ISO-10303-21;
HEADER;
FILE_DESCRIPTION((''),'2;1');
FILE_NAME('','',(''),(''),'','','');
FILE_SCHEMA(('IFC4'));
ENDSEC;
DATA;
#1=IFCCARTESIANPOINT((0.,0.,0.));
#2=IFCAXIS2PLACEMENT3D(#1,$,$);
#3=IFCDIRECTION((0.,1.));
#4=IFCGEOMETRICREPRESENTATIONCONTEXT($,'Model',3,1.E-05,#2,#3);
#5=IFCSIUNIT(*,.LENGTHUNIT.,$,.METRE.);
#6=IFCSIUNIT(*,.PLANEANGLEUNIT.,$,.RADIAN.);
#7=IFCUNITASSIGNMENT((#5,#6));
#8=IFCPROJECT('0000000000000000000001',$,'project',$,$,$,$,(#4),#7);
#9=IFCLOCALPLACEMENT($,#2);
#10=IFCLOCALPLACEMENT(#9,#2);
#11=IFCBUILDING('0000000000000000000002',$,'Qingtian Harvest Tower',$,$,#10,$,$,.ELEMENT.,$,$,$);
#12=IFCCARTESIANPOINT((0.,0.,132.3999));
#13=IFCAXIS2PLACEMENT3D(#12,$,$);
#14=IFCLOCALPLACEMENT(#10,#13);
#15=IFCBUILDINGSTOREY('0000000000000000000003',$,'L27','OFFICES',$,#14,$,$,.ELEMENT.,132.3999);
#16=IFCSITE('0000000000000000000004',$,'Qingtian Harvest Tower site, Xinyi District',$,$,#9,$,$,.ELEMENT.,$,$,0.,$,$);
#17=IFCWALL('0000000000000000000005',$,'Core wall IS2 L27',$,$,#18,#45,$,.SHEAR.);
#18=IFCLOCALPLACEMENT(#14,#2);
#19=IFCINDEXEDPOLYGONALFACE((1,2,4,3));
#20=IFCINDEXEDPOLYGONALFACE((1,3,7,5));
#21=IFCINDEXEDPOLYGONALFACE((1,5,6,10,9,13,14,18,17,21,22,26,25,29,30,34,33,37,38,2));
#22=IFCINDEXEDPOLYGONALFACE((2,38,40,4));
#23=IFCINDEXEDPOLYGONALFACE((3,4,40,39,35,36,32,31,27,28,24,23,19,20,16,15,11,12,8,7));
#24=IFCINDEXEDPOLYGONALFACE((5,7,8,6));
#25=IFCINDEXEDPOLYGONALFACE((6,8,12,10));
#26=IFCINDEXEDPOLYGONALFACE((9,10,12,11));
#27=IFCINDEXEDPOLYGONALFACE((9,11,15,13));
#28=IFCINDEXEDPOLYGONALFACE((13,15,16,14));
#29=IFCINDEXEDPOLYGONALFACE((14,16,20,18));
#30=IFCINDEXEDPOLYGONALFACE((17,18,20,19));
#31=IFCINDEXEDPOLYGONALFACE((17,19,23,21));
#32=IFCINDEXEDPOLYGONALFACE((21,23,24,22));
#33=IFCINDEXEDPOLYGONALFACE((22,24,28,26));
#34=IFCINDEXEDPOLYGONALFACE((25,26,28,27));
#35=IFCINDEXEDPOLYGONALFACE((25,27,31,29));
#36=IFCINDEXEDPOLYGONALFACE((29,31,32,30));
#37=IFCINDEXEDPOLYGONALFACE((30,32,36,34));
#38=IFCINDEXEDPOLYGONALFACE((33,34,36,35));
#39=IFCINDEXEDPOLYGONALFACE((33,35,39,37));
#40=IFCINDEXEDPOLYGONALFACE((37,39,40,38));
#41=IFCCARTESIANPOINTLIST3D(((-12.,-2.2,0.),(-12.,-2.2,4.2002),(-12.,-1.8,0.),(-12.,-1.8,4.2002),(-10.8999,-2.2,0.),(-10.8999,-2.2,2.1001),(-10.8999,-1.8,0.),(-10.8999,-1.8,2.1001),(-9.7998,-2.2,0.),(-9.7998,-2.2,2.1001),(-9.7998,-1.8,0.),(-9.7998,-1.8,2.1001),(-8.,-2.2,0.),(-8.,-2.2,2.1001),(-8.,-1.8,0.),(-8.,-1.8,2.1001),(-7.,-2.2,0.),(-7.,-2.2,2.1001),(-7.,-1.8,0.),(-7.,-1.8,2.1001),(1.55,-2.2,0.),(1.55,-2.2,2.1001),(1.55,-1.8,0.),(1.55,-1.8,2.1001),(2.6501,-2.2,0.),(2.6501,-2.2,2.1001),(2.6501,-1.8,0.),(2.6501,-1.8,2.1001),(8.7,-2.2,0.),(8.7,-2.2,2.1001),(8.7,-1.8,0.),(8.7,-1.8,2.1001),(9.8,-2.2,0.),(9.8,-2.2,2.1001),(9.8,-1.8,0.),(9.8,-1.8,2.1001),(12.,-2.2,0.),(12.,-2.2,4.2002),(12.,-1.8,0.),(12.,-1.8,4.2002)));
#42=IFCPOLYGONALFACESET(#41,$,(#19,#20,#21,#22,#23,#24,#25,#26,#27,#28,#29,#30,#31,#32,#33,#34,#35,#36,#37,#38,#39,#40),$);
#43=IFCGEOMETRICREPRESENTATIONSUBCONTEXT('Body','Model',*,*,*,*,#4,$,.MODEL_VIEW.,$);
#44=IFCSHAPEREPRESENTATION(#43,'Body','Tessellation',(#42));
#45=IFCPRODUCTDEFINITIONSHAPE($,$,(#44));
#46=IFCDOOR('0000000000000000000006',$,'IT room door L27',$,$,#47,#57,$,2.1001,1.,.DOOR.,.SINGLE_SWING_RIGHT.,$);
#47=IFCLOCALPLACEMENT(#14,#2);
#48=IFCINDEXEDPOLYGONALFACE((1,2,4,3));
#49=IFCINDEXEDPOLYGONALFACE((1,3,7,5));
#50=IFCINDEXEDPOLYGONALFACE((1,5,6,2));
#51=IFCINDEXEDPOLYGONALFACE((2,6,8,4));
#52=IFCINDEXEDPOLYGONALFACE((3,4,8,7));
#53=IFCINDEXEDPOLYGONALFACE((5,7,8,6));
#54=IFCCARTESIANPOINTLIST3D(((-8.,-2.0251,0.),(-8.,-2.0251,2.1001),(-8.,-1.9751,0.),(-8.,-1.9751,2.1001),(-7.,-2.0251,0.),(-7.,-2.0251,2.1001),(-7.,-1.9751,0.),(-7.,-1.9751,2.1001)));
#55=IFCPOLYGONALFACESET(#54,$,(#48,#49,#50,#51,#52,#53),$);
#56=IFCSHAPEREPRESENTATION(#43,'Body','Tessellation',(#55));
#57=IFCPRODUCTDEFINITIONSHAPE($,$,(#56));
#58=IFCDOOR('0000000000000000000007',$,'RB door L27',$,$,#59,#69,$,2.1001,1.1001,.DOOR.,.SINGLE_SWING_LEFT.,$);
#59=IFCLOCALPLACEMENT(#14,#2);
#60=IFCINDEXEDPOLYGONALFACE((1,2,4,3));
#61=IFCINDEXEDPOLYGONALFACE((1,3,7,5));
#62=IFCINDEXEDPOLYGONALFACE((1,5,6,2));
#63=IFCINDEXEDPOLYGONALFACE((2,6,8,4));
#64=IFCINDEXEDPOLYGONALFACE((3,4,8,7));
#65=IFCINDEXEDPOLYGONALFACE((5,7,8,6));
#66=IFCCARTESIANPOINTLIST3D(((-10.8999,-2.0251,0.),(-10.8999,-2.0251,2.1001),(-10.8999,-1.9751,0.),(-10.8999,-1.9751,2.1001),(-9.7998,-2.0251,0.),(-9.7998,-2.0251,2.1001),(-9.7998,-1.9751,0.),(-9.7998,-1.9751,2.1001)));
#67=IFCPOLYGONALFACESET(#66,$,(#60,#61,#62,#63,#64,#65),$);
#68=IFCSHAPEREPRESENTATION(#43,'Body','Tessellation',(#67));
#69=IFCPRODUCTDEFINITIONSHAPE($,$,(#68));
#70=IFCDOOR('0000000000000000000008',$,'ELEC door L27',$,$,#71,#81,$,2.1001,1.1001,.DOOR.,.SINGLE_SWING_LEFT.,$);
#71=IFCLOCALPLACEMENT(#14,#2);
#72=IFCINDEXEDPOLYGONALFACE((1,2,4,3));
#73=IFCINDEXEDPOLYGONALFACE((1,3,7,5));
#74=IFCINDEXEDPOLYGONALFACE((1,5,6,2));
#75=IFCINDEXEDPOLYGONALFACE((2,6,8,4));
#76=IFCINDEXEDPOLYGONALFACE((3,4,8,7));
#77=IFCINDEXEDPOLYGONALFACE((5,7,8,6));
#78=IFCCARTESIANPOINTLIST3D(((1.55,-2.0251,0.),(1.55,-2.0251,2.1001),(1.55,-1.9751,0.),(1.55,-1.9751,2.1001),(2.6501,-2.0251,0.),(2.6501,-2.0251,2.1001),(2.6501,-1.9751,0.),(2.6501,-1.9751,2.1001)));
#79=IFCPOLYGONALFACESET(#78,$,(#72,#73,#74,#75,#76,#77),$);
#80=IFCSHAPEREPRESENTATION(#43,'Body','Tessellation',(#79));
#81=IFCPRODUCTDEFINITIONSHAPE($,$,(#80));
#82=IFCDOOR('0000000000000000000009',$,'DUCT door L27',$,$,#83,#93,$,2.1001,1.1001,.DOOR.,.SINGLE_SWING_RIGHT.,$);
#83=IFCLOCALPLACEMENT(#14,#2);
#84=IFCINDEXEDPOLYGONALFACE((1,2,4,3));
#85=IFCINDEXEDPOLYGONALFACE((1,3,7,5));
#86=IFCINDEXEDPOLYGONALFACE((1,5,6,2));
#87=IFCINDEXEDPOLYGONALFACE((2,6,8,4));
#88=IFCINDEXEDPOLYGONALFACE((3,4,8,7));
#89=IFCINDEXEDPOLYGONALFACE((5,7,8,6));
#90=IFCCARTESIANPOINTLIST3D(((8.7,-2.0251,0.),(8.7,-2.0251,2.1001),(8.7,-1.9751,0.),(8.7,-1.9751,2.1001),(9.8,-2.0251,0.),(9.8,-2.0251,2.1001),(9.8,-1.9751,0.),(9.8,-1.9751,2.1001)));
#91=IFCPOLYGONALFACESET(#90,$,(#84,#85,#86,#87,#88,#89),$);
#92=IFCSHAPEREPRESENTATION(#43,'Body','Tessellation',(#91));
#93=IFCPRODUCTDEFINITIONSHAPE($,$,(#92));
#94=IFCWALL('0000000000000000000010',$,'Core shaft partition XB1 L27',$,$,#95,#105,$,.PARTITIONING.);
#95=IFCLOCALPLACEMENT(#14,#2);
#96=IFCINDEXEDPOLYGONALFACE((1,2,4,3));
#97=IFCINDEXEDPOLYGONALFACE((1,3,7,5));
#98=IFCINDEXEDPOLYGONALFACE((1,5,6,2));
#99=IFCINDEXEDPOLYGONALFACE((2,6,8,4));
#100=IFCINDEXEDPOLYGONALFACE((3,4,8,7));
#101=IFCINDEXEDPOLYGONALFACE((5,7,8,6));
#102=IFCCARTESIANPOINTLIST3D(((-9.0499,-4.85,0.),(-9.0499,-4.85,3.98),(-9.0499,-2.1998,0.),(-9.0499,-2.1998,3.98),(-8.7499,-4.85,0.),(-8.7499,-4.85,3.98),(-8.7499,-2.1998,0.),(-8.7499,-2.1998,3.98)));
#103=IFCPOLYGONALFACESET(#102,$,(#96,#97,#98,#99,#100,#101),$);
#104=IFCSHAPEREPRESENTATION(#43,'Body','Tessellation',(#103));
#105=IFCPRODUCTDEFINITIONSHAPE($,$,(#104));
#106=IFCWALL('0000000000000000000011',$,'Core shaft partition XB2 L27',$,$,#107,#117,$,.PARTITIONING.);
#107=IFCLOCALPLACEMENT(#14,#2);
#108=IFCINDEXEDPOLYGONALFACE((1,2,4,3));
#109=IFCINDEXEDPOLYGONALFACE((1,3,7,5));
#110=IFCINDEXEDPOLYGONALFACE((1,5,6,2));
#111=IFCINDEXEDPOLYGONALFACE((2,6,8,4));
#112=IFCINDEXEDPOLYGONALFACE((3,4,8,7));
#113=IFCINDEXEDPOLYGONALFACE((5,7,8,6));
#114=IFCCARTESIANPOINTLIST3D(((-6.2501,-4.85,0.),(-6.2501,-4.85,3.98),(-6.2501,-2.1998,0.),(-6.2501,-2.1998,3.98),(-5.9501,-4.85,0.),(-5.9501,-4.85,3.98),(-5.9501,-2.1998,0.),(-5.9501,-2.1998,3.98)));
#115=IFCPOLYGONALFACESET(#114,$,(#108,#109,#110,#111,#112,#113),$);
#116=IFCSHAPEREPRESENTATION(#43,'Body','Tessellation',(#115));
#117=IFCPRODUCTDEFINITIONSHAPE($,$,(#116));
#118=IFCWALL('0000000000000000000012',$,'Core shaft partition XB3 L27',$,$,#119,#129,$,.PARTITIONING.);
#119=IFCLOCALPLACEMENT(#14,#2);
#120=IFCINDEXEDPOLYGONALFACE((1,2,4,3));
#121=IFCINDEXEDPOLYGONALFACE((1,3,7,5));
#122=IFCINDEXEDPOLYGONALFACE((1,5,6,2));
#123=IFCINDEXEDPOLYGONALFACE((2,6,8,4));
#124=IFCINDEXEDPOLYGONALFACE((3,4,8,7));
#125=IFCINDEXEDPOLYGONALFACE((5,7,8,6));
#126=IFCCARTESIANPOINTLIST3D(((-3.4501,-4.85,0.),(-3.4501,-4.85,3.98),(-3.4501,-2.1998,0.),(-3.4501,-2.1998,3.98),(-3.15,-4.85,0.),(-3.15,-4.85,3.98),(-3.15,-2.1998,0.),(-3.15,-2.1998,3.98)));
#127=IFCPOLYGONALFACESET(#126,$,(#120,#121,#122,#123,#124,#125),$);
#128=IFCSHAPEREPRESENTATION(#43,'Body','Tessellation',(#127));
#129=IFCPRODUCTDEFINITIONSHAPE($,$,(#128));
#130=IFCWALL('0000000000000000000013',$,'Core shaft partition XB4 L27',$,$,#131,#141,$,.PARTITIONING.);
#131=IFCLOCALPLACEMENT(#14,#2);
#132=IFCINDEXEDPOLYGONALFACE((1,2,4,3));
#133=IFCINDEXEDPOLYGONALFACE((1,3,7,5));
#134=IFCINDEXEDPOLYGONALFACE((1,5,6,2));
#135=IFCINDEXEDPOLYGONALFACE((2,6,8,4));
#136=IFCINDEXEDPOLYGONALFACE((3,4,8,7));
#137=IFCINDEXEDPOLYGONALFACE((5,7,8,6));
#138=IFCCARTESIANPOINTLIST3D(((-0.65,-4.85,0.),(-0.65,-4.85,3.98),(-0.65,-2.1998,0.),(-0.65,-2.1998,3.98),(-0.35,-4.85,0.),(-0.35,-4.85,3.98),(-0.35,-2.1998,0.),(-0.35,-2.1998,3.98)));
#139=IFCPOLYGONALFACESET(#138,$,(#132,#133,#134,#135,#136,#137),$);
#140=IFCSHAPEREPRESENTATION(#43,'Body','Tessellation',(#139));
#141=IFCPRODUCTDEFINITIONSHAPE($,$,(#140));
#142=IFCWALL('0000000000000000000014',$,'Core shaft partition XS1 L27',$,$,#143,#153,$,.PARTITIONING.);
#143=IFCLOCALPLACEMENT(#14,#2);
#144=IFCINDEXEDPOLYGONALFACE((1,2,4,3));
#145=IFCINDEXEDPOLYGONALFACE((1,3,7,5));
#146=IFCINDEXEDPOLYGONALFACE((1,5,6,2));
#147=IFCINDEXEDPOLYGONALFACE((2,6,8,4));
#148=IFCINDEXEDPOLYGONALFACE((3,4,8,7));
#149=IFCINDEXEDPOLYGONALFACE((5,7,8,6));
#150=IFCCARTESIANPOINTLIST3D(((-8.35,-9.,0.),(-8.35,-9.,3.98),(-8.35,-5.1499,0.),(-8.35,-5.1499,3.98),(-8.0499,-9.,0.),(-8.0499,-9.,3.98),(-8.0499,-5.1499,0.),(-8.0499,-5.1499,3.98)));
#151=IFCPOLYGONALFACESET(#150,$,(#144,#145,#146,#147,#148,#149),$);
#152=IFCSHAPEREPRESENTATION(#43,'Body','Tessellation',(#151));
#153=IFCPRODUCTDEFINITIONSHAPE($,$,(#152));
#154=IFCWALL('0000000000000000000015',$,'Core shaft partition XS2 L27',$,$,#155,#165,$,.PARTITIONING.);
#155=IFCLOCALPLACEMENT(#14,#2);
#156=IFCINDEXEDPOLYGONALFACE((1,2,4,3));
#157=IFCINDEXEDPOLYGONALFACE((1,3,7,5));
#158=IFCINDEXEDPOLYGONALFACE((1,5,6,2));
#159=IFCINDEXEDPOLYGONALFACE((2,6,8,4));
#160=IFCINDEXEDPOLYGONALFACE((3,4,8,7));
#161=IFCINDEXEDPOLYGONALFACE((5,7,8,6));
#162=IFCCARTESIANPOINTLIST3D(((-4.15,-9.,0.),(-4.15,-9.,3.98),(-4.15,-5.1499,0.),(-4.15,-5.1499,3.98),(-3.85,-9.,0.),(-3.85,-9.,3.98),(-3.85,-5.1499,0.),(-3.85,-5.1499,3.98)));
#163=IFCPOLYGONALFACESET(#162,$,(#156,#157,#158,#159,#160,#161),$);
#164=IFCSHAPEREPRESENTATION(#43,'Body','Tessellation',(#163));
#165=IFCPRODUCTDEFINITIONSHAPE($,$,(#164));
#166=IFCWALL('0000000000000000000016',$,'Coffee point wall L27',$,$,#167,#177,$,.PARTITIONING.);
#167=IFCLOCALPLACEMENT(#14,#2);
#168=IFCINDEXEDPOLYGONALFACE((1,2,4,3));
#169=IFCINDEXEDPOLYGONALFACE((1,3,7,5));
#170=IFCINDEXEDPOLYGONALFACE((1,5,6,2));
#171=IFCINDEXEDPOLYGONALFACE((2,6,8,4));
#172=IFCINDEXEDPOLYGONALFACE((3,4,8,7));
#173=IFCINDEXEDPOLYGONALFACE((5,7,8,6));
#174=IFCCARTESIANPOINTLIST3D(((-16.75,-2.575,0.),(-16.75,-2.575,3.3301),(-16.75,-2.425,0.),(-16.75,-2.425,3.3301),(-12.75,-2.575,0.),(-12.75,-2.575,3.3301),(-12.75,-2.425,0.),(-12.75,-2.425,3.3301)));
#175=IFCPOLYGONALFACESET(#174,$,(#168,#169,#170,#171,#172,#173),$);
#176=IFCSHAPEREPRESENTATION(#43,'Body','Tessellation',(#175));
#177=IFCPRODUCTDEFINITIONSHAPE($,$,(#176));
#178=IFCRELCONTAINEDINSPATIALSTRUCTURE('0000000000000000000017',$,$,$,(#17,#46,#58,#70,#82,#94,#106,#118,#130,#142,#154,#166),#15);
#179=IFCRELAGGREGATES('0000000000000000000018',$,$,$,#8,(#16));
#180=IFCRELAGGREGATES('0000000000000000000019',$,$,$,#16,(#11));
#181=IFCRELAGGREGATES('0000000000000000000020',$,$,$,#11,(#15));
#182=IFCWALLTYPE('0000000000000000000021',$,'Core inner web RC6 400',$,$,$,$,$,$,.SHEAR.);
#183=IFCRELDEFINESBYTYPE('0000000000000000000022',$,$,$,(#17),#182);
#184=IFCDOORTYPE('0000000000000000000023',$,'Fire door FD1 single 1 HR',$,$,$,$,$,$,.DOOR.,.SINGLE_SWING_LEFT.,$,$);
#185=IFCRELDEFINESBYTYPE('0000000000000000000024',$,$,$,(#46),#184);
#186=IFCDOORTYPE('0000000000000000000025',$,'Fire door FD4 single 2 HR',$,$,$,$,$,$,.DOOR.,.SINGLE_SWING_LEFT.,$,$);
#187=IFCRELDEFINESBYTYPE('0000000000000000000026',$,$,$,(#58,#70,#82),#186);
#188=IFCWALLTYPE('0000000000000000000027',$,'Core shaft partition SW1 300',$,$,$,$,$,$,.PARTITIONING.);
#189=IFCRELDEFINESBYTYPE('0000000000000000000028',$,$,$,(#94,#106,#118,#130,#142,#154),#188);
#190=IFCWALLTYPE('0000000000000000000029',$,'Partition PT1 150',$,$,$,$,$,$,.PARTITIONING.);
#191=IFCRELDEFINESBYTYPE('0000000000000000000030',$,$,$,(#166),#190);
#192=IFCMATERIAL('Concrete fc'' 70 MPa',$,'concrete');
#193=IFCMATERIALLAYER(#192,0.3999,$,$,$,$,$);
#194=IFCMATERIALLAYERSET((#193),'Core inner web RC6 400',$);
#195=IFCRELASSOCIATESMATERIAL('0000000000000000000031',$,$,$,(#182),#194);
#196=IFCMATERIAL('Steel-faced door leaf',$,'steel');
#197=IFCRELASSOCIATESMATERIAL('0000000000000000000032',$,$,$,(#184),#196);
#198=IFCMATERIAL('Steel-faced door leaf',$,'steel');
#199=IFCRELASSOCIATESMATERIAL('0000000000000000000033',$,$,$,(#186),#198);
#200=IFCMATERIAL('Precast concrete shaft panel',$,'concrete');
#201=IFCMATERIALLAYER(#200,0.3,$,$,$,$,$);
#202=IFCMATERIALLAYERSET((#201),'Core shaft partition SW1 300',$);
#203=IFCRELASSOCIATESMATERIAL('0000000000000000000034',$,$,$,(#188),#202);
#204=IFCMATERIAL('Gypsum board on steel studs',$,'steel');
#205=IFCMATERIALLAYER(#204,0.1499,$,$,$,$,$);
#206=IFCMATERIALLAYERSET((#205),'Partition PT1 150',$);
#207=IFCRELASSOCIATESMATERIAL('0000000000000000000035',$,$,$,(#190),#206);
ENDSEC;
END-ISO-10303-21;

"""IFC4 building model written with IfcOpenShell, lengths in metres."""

from ifc_helpers import new_model, si_unit, direction, frame, frame_2d, origin, place, context, subcontext, project, spatial, rectangle, extrude, material, layer, layer_set, type_object, element, fill, save


model = new_model("IFC4")

# Units and contexts
model_context = context("Model", 3, precision=1e-05, world=origin(), true_north=direction((0.0, 1.0)))
body_context = subcontext(model_context, "Body", "Model", "MODEL_VIEW")
ifc_project = project(units=[si_unit("LENGTHUNIT", "METRE"), si_unit("PLANEANGLEUNIT", "RADIAN")], contexts=[model_context])

# Site, building, storey
site_placement = place(None, origin())
site = spatial("IfcSite", under=ifc_project, at=site_placement, Name="Qingtian Harvest Tower site, Xinyi District", CompositionType="ELEMENT", RefElevation=0.0)
building_placement = place(site_placement, origin())
building = spatial("IfcBuilding", under=site, at=building_placement, Name="Qingtian Harvest Tower", CompositionType="ELEMENT")
storey_placement = place(building_placement, frame((0.0, 0.0, 132.3999)))
storey = spatial("IfcBuildingStorey", under=building, at=storey_placement, Name="L27", Description="OFFICES", CompositionType="ELEMENT", Elevation=132.3999)

# Wall, openings, doors
ifc_material_1 = material(Name="Concrete fc' 70 MPa", Category="concrete")
ifc_layer_1 = layer(ifc_material_1, 0.3999)
ifc_layer_set_1 = layer_set([ifc_layer_1], Name="Core inner web RC6 400")
wall_type_1 = type_object("IfcWallType", Name="Core inner web RC6 400", PredefinedType="SHEAR", material=ifc_layer_set_1)
wall_1_placement = place(storey_placement, frame((-12.0, -2.0, 0.0), z_axis=(0.0, 0.0, 1.0), x_axis=(1.0, 0.0, 0.0)))
wall_1 = element("IfcWall", 1, at=wall_1_placement, inside=storey, type_object=wall_type_1, Name="Core wall IS2 L27", PredefinedType="SHEAR", context=body_context, shape_type="SweptSolid", body=[
    extrude(rectangle(XDim=24.0, YDim=0.3999, at=frame_2d((12.0, 0.0))), origin(), (0.0, 0.0, 1.0), 4.2002),
])
opening_1_placement = place(wall_1_placement, frame((1.1001, 0.0, 0.0)))
opening_1 = element("IfcOpeningElement", 2, at=opening_1_placement, cuts=wall_1, PredefinedType="OPENING", context=body_context, shape_type="SweptSolid", body=[
    extrude(rectangle(XDim=1.1001, YDim=2.1001, at=frame_2d((0.55, 1.05))), frame((0.0, 0.21, 0.0), z_axis=(0.0, -1.0, 0.0), x_axis=(1.0, 0.0, 0.0)), (0.0, 0.0, 1.0), 0.4199),
])
opening_2_placement = place(wall_1_placement, frame((13.55, 0.0, 0.0)))
opening_2 = element("IfcOpeningElement", 3, at=opening_2_placement, cuts=wall_1, PredefinedType="OPENING", context=body_context, shape_type="SweptSolid", body=[
    extrude(rectangle(XDim=1.1001, YDim=2.1001, at=frame_2d((0.55, 1.05))), frame((0.0, 0.21, 0.0), z_axis=(0.0, -1.0, 0.0), x_axis=(1.0, 0.0, 0.0)), (0.0, 0.0, 1.0), 0.4199),
])
opening_3_placement = place(wall_1_placement, frame((20.7, 0.0, 0.0)))
opening_3 = element("IfcOpeningElement", 4, at=opening_3_placement, cuts=wall_1, PredefinedType="OPENING", context=body_context, shape_type="SweptSolid", body=[
    extrude(rectangle(XDim=1.1001, YDim=2.1001, at=frame_2d((0.55, 1.05))), frame((0.0, 0.21, 0.0), z_axis=(0.0, -1.0, 0.0), x_axis=(1.0, 0.0, 0.0)), (0.0, 0.0, 1.0), 0.4199),
])
opening_4_placement = place(wall_1_placement, frame((4.0, 0.0, 0.0)))
opening_4 = element("IfcOpeningElement", 5, at=opening_4_placement, cuts=wall_1, PredefinedType="OPENING", context=body_context, shape_type="SweptSolid", body=[
    extrude(rectangle(XDim=1.0, YDim=2.1001, at=frame_2d((0.5, 1.05))), frame((0.0, 0.21, 0.0), z_axis=(0.0, -1.0, 0.0), x_axis=(1.0, 0.0, 0.0)), (0.0, 0.0, 1.0), 0.4199),
])
ifc_material_2 = material(Name="Steel-faced door leaf", Category="steel")
door_type_1 = type_object("IfcDoorType", Name="Fire door FD1 single 1 HR", OperationType="SINGLE_SWING_LEFT", PredefinedType="DOOR", material=ifc_material_2)
door_1_placement = place(opening_4_placement, origin())
door_1 = element("IfcDoor", 6, at=door_1_placement, inside=storey, type_object=door_type_1, Name="IT room door L27", OperationType="SINGLE_SWING_RIGHT", OverallHeight=2.1001, OverallWidth=1.0, PredefinedType="DOOR", context=body_context, shape_type="SweptSolid", body=[
    extrude(rectangle(XDim=1.0, YDim=2.1001, at=frame_2d((0.5, 1.05))), frame((0.0, 0.0249, 0.0), z_axis=(0.0, -1.0, 0.0), x_axis=(1.0, 0.0, 0.0)), (0.0, 0.0, 1.0), 0.05),
])
fill(opening_4, door_1)
ifc_material_3 = material(Name="Steel-faced door leaf", Category="steel")
door_type_2 = type_object("IfcDoorType", Name="Fire door FD4 single 2 HR", OperationType="SINGLE_SWING_LEFT", PredefinedType="DOOR", material=ifc_material_3)
door_2_placement = place(opening_1_placement, origin())
door_2 = element("IfcDoor", 7, at=door_2_placement, inside=storey, type_object=door_type_2, Name="RB door L27", OperationType="SINGLE_SWING_LEFT", OverallHeight=2.1001, OverallWidth=1.1001, PredefinedType="DOOR", context=body_context, shape_type="SweptSolid", body=[
    extrude(rectangle(XDim=1.1001, YDim=2.1001, at=frame_2d((0.55, 1.05))), frame((0.0, 0.0249, 0.0), z_axis=(0.0, -1.0, 0.0), x_axis=(1.0, 0.0, 0.0)), (0.0, 0.0, 1.0), 0.05),
])
fill(opening_1, door_2)
door_3_placement = place(opening_2_placement, origin())
door_3 = element("IfcDoor", 8, at=door_3_placement, inside=storey, type_object=door_type_2, Name="ELEC door L27", OperationType="SINGLE_SWING_LEFT", OverallHeight=2.1001, OverallWidth=1.1001, PredefinedType="DOOR", context=body_context, shape_type="SweptSolid", body=[
    extrude(rectangle(XDim=1.1001, YDim=2.1001, at=frame_2d((0.55, 1.05))), frame((0.0, 0.0249, 0.0), z_axis=(0.0, -1.0, 0.0), x_axis=(1.0, 0.0, 0.0)), (0.0, 0.0, 1.0), 0.05),
])
fill(opening_2, door_3)
door_4_placement = place(opening_3_placement, origin())
door_4 = element("IfcDoor", 9, at=door_4_placement, inside=storey, type_object=door_type_2, Name="DUCT door L27", OperationType="SINGLE_SWING_RIGHT", OverallHeight=2.1001, OverallWidth=1.1001, PredefinedType="DOOR", context=body_context, shape_type="SweptSolid", body=[
    extrude(rectangle(XDim=1.1001, YDim=2.1001, at=frame_2d((0.55, 1.05))), frame((0.0, 0.0249, 0.0), z_axis=(0.0, -1.0, 0.0), x_axis=(1.0, 0.0, 0.0)), (0.0, 0.0, 1.0), 0.05),
])
fill(opening_3, door_4)

# Walls
ifc_material_4 = material(Name="Precast concrete shaft panel", Category="concrete")
ifc_layer_2 = layer(ifc_material_4, 0.3)
ifc_layer_set_2 = layer_set([ifc_layer_2], Name="Core shaft partition SW1 300")
wall_type_2 = type_object("IfcWallType", Name="Core shaft partition SW1 300", PredefinedType="PARTITIONING", material=ifc_layer_set_2)
for number, where, z_axis, x_axis, name in (
    (10, (-8.8999, -4.8501, 0.0), (0.0, 0.0, 1.0), (0.0, 1.0, 0.0), "Core shaft partition XB1 L27"),
    (11, (-6.1001, -4.8501, 0.0), (0.0, 0.0, 1.0), (0.0, 1.0, 0.0), "Core shaft partition XB2 L27"),
    (12, (-3.3, -4.8501, 0.0), (0.0, 0.0, 1.0), (0.0, 1.0, 0.0), "Core shaft partition XB3 L27"),
    (13, (-0.5, -4.8501, 0.0), (0.0, 0.0, 1.0), (0.0, 1.0, 0.0), "Core shaft partition XB4 L27"),
):
    element("IfcWall", number, at=place(storey_placement, frame(where, z_axis=z_axis, x_axis=x_axis)), inside=storey, type_object=wall_type_2, Name=name, PredefinedType="PARTITIONING", context=body_context, shape_type="SweptSolid", body=[
        extrude(rectangle(XDim=2.6501, YDim=0.3, at=frame_2d((1.3252, 0.0))), origin(), (0.0, 0.0, 1.0), 3.98),
    ])
for number, where, z_axis, x_axis, name in (
    (14, (-8.2, -9.0, 0.0), (0.0, 0.0, 1.0), (0.0, 1.0, 0.0), "Core shaft partition XS1 L27"),
    (15, (-4.0, -9.0, 0.0), (0.0, 0.0, 1.0), (0.0, 1.0, 0.0), "Core shaft partition XS2 L27"),
):
    element("IfcWall", number, at=place(storey_placement, frame(where, z_axis=z_axis, x_axis=x_axis)), inside=storey, type_object=wall_type_2, Name=name, PredefinedType="PARTITIONING", context=body_context, shape_type="SweptSolid", body=[
        extrude(rectangle(XDim=3.8501, YDim=0.3, at=frame_2d((1.925, 0.0))), origin(), (0.0, 0.0, 1.0), 3.98),
    ])

# Wall
ifc_material_5 = material(Name="Gypsum board on steel studs", Category="steel")
ifc_layer_3 = layer(ifc_material_5, 0.1499)
ifc_layer_set_3 = layer_set([ifc_layer_3], Name="Partition PT1 150")
wall_type_3 = type_object("IfcWallType", Name="Partition PT1 150", PredefinedType="PARTITIONING", material=ifc_layer_set_3)
wall_2_placement = place(storey_placement, frame((-12.75, -2.5, 0.0), z_axis=(0.0, 0.0, 1.0), x_axis=(-1.0, 0.0, 0.0)))
element("IfcWall", 16, at=wall_2_placement, inside=storey, type_object=wall_type_3, Name="Coffee point wall L27", PredefinedType="PARTITIONING", context=body_context, shape_type="SweptSolid", body=[
    extrude(rectangle(XDim=4.0, YDim=0.1499, at=frame_2d((2.0, 0.0))), origin(), (0.0, 0.0, 1.0), 3.3301),
])

save(model, "model.ifc")
